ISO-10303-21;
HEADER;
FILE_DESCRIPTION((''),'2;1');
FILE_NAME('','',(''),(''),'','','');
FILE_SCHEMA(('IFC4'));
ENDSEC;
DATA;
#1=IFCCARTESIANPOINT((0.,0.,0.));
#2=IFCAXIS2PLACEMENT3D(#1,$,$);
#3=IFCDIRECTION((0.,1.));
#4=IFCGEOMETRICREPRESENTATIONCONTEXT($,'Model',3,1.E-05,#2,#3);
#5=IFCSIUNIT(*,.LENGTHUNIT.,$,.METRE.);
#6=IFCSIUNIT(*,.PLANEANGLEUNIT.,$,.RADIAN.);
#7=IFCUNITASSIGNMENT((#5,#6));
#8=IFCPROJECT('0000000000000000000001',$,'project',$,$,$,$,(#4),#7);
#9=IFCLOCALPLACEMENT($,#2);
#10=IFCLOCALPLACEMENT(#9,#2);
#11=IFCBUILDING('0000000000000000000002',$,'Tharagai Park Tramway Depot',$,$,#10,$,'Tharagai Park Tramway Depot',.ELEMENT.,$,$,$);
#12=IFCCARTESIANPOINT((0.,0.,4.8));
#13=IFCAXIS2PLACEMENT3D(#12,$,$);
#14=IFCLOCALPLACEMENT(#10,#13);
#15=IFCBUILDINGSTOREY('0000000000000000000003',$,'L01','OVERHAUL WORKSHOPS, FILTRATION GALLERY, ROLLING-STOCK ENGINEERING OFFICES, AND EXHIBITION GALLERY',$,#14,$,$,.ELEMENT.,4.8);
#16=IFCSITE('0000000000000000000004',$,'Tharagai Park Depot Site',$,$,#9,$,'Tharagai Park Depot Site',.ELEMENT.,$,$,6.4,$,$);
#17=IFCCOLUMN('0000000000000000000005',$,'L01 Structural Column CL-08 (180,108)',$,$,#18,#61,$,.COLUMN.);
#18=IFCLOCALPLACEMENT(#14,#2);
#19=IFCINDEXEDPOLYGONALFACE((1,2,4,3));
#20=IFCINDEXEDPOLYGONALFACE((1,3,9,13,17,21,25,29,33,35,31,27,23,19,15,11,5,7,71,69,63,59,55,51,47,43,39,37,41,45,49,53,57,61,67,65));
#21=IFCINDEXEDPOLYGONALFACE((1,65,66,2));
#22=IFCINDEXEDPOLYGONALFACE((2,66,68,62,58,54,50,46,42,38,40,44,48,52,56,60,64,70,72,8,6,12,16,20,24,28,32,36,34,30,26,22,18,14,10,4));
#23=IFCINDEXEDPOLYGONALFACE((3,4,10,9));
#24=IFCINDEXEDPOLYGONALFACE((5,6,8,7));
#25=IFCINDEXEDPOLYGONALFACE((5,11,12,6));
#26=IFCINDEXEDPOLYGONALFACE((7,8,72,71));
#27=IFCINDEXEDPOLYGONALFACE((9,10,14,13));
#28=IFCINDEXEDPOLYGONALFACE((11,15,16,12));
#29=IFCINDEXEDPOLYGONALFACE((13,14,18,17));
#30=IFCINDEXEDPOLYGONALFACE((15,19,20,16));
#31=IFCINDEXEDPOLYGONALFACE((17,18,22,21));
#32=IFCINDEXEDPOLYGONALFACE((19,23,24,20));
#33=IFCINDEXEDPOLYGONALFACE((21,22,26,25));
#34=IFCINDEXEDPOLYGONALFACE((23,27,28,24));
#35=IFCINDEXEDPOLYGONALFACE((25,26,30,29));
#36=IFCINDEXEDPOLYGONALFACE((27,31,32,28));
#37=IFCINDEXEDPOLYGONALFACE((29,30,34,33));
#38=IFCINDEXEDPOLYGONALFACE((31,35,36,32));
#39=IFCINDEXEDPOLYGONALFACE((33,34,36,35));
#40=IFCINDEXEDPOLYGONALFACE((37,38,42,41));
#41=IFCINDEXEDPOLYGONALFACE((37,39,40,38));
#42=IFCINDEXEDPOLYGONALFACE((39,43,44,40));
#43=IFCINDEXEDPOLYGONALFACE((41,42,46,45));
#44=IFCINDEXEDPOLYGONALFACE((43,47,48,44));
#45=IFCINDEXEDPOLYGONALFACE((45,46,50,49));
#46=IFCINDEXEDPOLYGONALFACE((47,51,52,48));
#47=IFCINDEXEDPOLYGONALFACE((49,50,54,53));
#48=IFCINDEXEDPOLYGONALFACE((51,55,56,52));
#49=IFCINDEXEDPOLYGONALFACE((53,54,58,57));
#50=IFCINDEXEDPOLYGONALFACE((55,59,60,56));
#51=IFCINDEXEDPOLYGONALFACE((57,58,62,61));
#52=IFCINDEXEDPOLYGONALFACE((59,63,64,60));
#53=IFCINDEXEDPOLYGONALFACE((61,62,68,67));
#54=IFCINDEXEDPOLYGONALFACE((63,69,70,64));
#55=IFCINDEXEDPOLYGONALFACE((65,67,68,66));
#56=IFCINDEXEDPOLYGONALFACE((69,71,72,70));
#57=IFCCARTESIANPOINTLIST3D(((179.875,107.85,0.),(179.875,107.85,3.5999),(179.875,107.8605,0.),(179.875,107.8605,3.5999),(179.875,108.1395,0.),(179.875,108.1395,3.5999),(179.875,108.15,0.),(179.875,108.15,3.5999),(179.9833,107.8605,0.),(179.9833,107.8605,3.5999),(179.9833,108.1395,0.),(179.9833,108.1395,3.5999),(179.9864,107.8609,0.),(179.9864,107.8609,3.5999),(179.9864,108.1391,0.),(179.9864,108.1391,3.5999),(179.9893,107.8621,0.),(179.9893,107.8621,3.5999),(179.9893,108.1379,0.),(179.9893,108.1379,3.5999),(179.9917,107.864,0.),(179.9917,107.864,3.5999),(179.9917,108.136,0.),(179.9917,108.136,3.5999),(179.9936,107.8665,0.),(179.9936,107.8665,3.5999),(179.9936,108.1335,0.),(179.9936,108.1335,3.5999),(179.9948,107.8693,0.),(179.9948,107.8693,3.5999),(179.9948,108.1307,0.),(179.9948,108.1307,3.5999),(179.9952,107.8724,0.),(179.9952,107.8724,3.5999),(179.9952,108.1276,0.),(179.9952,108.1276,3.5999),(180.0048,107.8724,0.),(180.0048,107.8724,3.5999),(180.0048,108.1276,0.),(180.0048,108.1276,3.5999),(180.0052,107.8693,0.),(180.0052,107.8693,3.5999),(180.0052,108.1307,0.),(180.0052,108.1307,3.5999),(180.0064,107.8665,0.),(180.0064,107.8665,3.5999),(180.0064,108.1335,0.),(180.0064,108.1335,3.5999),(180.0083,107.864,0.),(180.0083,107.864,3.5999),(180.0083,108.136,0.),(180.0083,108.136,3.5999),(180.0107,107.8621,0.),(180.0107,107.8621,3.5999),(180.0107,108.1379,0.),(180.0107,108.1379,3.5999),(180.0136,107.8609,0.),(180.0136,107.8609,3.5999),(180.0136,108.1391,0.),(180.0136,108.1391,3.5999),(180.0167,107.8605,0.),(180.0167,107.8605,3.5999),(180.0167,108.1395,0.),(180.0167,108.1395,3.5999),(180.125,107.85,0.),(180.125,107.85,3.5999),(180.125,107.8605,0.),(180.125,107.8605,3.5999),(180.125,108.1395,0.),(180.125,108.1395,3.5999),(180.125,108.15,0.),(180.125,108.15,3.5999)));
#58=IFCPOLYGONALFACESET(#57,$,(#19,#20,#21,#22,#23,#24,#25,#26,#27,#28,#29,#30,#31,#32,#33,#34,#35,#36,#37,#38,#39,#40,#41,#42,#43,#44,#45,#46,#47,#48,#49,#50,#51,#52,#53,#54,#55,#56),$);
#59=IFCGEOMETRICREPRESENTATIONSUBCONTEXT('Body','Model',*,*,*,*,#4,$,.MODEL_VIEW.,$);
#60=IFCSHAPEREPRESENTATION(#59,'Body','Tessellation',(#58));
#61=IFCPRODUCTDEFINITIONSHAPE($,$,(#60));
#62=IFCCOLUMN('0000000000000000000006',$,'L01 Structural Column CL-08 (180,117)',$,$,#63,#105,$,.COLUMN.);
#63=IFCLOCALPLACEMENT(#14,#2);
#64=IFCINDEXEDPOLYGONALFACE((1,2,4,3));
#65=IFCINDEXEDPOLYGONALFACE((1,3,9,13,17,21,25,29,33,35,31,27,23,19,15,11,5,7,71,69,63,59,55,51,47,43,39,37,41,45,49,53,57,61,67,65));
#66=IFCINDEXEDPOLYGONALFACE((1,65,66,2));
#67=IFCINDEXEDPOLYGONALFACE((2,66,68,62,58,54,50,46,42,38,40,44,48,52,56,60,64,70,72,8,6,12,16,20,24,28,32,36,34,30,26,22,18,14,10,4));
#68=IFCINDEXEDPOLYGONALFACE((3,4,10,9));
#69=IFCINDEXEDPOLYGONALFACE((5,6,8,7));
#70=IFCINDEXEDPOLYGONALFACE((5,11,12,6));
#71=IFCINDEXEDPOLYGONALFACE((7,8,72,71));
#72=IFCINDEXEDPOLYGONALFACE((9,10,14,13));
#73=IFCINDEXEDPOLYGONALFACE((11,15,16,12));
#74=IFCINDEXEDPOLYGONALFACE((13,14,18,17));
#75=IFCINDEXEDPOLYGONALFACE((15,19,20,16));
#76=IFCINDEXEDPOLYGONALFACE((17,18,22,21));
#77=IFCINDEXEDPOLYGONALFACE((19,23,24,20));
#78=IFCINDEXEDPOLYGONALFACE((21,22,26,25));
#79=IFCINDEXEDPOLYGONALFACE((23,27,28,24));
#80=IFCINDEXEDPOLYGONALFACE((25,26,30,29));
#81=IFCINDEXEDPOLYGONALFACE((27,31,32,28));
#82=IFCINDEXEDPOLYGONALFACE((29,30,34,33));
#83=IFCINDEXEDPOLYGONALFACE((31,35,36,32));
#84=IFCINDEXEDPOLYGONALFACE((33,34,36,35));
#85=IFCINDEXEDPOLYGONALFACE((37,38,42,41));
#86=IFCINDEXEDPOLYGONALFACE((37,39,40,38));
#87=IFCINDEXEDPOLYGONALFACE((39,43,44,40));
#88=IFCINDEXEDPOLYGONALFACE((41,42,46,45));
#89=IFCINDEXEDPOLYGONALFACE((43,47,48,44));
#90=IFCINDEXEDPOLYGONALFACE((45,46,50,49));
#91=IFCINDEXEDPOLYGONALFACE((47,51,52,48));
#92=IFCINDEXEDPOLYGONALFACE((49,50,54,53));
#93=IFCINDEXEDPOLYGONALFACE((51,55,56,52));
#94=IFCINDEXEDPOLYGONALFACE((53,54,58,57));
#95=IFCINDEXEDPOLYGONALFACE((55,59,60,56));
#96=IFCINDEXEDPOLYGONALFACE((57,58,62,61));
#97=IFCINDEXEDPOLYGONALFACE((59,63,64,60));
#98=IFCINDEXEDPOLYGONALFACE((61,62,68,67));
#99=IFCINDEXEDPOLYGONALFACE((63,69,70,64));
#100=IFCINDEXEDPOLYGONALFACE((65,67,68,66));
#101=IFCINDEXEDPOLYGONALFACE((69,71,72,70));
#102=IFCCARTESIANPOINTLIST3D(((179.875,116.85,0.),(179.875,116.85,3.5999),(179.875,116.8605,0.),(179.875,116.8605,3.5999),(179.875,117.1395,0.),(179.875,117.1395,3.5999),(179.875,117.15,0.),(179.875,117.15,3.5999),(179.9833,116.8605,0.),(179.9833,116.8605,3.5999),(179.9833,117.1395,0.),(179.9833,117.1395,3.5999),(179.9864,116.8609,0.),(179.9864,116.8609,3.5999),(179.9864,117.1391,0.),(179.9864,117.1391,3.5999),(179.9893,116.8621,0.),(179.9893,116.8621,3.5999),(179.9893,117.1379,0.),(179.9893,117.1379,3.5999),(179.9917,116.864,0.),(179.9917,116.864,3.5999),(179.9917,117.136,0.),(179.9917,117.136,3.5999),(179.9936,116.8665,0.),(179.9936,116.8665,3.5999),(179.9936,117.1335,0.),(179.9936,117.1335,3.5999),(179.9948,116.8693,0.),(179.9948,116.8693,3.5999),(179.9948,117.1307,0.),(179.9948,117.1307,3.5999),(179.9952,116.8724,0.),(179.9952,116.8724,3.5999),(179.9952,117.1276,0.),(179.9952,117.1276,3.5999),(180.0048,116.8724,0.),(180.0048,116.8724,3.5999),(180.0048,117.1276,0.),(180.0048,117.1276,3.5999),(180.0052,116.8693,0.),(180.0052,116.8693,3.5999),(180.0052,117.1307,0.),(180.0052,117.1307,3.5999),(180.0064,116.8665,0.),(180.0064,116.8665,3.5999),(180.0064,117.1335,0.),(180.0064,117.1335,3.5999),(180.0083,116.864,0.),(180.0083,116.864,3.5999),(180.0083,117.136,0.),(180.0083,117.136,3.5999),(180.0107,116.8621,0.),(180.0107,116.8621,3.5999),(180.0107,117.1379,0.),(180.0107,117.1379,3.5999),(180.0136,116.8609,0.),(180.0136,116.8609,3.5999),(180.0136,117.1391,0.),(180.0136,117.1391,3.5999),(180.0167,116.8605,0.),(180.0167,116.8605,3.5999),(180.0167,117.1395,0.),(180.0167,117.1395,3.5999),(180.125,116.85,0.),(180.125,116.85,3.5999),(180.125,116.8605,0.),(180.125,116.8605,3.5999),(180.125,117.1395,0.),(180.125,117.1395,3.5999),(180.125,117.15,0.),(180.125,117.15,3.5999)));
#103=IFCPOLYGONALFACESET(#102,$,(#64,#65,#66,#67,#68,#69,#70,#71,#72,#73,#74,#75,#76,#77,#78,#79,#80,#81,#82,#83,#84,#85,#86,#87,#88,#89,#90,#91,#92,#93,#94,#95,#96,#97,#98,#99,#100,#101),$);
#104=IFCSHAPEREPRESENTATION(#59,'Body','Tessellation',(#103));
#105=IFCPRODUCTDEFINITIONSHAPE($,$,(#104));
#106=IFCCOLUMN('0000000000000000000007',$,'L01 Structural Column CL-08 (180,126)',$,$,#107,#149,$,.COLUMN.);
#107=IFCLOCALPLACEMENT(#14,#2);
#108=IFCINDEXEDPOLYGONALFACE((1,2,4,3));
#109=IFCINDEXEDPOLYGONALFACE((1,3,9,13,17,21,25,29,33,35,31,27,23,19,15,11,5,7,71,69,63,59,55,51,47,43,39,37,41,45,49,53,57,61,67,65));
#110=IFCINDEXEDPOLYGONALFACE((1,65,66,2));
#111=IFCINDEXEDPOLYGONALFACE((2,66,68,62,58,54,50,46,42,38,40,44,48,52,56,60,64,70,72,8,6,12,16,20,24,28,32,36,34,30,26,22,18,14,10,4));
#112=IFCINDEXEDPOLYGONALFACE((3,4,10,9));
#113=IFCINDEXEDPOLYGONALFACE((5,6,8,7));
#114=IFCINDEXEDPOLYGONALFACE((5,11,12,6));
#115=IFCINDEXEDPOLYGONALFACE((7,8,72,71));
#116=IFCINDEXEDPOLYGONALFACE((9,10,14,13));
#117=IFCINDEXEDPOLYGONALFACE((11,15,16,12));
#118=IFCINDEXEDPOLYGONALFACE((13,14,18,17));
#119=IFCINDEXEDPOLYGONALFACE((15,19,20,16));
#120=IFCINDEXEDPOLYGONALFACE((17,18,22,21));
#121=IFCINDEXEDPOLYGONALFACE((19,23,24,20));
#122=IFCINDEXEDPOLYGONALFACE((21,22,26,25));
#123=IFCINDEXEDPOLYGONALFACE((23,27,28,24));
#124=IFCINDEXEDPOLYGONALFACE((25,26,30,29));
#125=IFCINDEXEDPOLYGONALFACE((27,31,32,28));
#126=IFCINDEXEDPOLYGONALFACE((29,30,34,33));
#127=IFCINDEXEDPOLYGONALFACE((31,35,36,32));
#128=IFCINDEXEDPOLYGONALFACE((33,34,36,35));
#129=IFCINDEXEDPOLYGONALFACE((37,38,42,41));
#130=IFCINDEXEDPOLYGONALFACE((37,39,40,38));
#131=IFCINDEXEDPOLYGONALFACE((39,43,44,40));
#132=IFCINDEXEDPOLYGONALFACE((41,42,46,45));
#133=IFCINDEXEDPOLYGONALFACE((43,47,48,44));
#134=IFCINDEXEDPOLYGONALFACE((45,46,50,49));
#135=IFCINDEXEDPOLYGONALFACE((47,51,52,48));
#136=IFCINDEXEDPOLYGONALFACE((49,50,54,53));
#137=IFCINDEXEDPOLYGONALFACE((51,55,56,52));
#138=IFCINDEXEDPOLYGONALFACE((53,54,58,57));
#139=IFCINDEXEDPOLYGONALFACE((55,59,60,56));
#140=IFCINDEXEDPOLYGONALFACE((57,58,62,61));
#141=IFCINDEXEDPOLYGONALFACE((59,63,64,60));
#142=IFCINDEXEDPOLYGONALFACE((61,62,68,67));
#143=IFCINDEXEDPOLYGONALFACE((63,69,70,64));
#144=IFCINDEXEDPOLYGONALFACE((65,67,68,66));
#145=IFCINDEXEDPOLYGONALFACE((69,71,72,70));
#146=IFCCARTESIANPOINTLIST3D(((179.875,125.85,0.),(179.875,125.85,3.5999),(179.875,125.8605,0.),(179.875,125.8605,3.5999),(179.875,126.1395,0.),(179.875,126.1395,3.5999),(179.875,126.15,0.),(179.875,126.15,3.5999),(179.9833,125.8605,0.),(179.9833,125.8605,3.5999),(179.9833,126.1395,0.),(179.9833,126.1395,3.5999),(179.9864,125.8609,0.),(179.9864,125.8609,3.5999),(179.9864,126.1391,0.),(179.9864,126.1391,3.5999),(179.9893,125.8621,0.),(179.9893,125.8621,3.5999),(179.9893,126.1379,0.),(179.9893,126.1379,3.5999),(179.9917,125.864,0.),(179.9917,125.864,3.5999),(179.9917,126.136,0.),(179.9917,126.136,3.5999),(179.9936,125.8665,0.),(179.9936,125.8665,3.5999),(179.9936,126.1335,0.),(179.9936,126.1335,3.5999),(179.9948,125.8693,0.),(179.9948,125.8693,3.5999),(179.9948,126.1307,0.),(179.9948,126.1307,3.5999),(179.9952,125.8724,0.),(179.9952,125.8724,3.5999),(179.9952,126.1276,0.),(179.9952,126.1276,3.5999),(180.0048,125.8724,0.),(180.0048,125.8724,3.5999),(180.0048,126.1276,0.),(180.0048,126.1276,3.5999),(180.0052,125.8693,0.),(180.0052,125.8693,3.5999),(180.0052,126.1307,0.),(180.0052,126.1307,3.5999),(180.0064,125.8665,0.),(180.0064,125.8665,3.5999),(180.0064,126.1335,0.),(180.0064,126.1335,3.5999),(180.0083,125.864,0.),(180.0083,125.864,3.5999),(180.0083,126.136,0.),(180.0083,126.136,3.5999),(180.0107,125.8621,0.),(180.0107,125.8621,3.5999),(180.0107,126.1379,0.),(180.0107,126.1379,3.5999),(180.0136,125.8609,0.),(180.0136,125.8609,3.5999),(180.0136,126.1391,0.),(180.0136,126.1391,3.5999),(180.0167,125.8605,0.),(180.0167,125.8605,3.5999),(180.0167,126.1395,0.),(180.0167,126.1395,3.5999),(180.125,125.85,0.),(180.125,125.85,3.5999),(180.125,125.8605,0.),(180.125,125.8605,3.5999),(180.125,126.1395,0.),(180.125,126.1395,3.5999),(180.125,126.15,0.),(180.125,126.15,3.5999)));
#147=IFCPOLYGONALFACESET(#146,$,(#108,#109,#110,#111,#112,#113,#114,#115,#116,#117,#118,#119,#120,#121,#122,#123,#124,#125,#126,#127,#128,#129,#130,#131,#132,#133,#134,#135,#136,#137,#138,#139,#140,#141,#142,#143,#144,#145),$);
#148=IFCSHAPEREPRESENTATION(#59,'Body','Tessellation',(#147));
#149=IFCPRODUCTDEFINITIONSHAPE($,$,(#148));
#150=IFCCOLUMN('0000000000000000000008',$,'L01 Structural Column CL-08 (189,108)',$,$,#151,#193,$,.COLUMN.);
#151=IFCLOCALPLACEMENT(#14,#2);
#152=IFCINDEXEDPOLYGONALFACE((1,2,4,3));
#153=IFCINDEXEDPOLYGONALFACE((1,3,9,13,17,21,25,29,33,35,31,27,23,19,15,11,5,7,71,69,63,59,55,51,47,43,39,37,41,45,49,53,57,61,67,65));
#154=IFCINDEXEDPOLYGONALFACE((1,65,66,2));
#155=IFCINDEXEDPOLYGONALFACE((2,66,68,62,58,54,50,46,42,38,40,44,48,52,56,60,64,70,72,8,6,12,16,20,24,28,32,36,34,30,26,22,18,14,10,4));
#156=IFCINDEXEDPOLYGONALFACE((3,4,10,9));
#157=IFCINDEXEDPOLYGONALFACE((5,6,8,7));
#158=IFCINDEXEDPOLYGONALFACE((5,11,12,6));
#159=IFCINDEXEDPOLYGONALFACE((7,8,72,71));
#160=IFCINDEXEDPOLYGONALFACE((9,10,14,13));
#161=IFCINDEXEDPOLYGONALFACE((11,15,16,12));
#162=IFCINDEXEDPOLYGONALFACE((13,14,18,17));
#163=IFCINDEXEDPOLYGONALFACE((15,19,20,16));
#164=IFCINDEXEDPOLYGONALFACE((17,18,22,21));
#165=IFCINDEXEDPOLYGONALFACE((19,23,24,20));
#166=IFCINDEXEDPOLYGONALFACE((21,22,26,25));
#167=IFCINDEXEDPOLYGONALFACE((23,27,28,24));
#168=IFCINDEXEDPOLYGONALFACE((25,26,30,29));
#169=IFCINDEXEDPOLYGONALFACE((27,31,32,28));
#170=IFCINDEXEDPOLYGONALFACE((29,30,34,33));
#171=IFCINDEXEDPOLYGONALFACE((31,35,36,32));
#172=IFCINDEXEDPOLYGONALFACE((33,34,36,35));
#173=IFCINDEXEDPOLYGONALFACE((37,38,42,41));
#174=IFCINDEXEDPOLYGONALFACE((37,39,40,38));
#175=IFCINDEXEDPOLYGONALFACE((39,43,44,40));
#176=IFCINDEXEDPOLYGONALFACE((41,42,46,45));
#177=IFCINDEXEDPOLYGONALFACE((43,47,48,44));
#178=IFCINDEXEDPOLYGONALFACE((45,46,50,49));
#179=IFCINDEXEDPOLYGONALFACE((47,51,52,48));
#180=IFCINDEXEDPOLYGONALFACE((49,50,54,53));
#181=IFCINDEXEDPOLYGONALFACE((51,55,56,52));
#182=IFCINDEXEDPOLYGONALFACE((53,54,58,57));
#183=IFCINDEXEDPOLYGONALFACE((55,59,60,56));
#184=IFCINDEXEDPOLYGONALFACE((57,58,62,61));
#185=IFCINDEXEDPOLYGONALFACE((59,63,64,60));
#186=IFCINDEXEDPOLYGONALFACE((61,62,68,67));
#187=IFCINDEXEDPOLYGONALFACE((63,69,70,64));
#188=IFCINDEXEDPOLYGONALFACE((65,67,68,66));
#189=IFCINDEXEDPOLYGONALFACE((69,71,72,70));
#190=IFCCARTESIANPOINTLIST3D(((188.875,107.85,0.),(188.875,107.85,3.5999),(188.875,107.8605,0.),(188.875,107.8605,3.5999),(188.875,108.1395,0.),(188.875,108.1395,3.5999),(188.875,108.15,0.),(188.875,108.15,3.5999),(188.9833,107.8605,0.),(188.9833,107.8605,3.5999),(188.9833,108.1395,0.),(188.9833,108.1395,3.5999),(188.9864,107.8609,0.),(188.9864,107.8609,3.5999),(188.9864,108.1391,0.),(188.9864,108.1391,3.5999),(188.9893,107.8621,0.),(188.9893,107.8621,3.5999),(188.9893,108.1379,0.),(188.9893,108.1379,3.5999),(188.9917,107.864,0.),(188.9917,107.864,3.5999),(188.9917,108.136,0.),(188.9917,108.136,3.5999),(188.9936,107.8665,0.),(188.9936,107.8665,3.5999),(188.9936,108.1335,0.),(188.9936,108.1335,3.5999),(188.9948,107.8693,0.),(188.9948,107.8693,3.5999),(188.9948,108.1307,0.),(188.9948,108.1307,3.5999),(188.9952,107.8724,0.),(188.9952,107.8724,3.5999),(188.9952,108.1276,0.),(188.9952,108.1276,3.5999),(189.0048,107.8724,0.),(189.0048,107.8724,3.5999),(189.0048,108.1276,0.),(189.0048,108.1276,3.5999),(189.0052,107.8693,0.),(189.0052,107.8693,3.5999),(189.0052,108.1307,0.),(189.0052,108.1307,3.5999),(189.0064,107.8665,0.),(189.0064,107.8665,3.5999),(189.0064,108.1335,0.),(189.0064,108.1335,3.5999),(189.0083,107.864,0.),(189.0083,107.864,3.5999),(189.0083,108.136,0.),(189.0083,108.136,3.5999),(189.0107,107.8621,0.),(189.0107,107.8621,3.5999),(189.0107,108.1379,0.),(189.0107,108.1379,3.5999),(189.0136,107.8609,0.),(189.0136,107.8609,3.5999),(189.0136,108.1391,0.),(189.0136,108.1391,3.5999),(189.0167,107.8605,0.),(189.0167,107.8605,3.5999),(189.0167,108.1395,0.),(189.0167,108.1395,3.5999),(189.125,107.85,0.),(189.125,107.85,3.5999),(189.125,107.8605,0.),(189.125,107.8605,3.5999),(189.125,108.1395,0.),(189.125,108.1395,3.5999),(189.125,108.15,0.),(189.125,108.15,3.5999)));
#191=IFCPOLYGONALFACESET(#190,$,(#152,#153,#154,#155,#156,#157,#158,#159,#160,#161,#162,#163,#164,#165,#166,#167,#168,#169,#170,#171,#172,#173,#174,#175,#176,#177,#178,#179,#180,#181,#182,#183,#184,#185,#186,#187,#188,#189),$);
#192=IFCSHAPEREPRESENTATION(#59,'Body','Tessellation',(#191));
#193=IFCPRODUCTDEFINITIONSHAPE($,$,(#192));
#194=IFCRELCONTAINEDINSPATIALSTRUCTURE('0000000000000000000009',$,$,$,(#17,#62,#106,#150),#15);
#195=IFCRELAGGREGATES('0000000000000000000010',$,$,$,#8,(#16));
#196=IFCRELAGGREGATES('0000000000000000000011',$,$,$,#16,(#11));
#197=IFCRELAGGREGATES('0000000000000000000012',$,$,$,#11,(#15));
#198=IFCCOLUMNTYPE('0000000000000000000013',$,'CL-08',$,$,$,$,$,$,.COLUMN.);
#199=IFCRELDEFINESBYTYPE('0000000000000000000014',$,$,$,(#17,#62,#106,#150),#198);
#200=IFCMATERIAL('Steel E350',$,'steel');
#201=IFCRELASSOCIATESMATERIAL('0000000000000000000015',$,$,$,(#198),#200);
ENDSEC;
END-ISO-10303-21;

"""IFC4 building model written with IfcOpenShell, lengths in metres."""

from ifc_helpers import new_model, si_unit, direction, frame, origin, origin_2d, place, context, subcontext, project, spatial, i_section, extrude, material, material_profile, profile_set, type_object, element, save


model = new_model("IFC4")

# Units and contexts
model_context = context("Model", 3, precision=1e-05, world=origin(), true_north=direction((0.0, 1.0)))
body_context = subcontext(model_context, "Body", "Model", "MODEL_VIEW")
ifc_project = project(units=[si_unit("LENGTHUNIT", "METRE"), si_unit("PLANEANGLEUNIT", "RADIAN")], contexts=[model_context])

# Site, building, storey
site_placement = place(None, origin())
site = spatial("IfcSite", under=ifc_project, at=site_placement, Name="Tharagai Park Depot Site", LongName="Tharagai Park Depot Site", CompositionType="ELEMENT", RefElevation=6.4)
building_placement = place(site_placement, origin())
building = spatial("IfcBuilding", under=site, at=building_placement, Name="Tharagai Park Tramway Depot", LongName="Tharagai Park Tramway Depot", CompositionType="ELEMENT")
storey_placement = place(building_placement, frame((0.0, 0.0, 4.8)))
storey = spatial("IfcBuildingStorey", under=building, at=storey_placement, Name="L01", Description="OVERHAUL WORKSHOPS, FILTRATION GALLERY, ROLLING-STOCK ENGINEERING OFFICES, AND EXHIBITION GALLERY", CompositionType="ELEMENT", Elevation=4.8)

# Columns
ifc_material_1 = material(Name="Steel E350", Category="steel")
ifc_material_profile_1 = material_profile(ifc_material_1, i_section(OverallWidth=0.25, OverallDepth=0.3, WebThickness=0.0095, FlangeThickness=0.0105, FilletRadius=0.012, at=origin_2d()), Name="ISHB 300")
ifc_profile_set_1 = profile_set([ifc_material_profile_1], Name="Steel E350")
column_type = type_object("IfcColumnType", Name="CL-08", PredefinedType="COLUMN", material=ifc_profile_set_1)
for number, where, z_axis, x_axis, name in (
    (1, (180.0, 108.0, 0.0), (0.0, 0.0, 1.0), (1.0, 0.0, 0.0), "L01 Structural Column CL-08 (180,108)"),
    (2, (180.0, 117.0, 0.0), (0.0, 0.0, 1.0), (1.0, 0.0, 0.0), "L01 Structural Column CL-08 (180,117)"),
    (3, (180.0, 126.0, 0.0), (0.0, 0.0, 1.0), (1.0, 0.0, 0.0), "L01 Structural Column CL-08 (180,126)"),
    (4, (189.0, 108.0, 0.0), (0.0, 0.0, 1.0), (1.0, 0.0, 0.0), "L01 Structural Column CL-08 (189,108)"),
):
    element("IfcColumn", number, at=place(storey_placement, frame(where, z_axis=z_axis, x_axis=x_axis)), inside=storey, type_object=column_type, Name=name, PredefinedType="COLUMN", context=body_context, shape_type="SweptSolid", body=[
        extrude(i_section(OverallWidth=0.25, OverallDepth=0.3, WebThickness=0.0095, FlangeThickness=0.0105, FilletRadius=0.012, at=origin_2d()), origin(), (0.0, 0.0, 1.0), 3.5999),
    ])

save(model, "model.ifc")
